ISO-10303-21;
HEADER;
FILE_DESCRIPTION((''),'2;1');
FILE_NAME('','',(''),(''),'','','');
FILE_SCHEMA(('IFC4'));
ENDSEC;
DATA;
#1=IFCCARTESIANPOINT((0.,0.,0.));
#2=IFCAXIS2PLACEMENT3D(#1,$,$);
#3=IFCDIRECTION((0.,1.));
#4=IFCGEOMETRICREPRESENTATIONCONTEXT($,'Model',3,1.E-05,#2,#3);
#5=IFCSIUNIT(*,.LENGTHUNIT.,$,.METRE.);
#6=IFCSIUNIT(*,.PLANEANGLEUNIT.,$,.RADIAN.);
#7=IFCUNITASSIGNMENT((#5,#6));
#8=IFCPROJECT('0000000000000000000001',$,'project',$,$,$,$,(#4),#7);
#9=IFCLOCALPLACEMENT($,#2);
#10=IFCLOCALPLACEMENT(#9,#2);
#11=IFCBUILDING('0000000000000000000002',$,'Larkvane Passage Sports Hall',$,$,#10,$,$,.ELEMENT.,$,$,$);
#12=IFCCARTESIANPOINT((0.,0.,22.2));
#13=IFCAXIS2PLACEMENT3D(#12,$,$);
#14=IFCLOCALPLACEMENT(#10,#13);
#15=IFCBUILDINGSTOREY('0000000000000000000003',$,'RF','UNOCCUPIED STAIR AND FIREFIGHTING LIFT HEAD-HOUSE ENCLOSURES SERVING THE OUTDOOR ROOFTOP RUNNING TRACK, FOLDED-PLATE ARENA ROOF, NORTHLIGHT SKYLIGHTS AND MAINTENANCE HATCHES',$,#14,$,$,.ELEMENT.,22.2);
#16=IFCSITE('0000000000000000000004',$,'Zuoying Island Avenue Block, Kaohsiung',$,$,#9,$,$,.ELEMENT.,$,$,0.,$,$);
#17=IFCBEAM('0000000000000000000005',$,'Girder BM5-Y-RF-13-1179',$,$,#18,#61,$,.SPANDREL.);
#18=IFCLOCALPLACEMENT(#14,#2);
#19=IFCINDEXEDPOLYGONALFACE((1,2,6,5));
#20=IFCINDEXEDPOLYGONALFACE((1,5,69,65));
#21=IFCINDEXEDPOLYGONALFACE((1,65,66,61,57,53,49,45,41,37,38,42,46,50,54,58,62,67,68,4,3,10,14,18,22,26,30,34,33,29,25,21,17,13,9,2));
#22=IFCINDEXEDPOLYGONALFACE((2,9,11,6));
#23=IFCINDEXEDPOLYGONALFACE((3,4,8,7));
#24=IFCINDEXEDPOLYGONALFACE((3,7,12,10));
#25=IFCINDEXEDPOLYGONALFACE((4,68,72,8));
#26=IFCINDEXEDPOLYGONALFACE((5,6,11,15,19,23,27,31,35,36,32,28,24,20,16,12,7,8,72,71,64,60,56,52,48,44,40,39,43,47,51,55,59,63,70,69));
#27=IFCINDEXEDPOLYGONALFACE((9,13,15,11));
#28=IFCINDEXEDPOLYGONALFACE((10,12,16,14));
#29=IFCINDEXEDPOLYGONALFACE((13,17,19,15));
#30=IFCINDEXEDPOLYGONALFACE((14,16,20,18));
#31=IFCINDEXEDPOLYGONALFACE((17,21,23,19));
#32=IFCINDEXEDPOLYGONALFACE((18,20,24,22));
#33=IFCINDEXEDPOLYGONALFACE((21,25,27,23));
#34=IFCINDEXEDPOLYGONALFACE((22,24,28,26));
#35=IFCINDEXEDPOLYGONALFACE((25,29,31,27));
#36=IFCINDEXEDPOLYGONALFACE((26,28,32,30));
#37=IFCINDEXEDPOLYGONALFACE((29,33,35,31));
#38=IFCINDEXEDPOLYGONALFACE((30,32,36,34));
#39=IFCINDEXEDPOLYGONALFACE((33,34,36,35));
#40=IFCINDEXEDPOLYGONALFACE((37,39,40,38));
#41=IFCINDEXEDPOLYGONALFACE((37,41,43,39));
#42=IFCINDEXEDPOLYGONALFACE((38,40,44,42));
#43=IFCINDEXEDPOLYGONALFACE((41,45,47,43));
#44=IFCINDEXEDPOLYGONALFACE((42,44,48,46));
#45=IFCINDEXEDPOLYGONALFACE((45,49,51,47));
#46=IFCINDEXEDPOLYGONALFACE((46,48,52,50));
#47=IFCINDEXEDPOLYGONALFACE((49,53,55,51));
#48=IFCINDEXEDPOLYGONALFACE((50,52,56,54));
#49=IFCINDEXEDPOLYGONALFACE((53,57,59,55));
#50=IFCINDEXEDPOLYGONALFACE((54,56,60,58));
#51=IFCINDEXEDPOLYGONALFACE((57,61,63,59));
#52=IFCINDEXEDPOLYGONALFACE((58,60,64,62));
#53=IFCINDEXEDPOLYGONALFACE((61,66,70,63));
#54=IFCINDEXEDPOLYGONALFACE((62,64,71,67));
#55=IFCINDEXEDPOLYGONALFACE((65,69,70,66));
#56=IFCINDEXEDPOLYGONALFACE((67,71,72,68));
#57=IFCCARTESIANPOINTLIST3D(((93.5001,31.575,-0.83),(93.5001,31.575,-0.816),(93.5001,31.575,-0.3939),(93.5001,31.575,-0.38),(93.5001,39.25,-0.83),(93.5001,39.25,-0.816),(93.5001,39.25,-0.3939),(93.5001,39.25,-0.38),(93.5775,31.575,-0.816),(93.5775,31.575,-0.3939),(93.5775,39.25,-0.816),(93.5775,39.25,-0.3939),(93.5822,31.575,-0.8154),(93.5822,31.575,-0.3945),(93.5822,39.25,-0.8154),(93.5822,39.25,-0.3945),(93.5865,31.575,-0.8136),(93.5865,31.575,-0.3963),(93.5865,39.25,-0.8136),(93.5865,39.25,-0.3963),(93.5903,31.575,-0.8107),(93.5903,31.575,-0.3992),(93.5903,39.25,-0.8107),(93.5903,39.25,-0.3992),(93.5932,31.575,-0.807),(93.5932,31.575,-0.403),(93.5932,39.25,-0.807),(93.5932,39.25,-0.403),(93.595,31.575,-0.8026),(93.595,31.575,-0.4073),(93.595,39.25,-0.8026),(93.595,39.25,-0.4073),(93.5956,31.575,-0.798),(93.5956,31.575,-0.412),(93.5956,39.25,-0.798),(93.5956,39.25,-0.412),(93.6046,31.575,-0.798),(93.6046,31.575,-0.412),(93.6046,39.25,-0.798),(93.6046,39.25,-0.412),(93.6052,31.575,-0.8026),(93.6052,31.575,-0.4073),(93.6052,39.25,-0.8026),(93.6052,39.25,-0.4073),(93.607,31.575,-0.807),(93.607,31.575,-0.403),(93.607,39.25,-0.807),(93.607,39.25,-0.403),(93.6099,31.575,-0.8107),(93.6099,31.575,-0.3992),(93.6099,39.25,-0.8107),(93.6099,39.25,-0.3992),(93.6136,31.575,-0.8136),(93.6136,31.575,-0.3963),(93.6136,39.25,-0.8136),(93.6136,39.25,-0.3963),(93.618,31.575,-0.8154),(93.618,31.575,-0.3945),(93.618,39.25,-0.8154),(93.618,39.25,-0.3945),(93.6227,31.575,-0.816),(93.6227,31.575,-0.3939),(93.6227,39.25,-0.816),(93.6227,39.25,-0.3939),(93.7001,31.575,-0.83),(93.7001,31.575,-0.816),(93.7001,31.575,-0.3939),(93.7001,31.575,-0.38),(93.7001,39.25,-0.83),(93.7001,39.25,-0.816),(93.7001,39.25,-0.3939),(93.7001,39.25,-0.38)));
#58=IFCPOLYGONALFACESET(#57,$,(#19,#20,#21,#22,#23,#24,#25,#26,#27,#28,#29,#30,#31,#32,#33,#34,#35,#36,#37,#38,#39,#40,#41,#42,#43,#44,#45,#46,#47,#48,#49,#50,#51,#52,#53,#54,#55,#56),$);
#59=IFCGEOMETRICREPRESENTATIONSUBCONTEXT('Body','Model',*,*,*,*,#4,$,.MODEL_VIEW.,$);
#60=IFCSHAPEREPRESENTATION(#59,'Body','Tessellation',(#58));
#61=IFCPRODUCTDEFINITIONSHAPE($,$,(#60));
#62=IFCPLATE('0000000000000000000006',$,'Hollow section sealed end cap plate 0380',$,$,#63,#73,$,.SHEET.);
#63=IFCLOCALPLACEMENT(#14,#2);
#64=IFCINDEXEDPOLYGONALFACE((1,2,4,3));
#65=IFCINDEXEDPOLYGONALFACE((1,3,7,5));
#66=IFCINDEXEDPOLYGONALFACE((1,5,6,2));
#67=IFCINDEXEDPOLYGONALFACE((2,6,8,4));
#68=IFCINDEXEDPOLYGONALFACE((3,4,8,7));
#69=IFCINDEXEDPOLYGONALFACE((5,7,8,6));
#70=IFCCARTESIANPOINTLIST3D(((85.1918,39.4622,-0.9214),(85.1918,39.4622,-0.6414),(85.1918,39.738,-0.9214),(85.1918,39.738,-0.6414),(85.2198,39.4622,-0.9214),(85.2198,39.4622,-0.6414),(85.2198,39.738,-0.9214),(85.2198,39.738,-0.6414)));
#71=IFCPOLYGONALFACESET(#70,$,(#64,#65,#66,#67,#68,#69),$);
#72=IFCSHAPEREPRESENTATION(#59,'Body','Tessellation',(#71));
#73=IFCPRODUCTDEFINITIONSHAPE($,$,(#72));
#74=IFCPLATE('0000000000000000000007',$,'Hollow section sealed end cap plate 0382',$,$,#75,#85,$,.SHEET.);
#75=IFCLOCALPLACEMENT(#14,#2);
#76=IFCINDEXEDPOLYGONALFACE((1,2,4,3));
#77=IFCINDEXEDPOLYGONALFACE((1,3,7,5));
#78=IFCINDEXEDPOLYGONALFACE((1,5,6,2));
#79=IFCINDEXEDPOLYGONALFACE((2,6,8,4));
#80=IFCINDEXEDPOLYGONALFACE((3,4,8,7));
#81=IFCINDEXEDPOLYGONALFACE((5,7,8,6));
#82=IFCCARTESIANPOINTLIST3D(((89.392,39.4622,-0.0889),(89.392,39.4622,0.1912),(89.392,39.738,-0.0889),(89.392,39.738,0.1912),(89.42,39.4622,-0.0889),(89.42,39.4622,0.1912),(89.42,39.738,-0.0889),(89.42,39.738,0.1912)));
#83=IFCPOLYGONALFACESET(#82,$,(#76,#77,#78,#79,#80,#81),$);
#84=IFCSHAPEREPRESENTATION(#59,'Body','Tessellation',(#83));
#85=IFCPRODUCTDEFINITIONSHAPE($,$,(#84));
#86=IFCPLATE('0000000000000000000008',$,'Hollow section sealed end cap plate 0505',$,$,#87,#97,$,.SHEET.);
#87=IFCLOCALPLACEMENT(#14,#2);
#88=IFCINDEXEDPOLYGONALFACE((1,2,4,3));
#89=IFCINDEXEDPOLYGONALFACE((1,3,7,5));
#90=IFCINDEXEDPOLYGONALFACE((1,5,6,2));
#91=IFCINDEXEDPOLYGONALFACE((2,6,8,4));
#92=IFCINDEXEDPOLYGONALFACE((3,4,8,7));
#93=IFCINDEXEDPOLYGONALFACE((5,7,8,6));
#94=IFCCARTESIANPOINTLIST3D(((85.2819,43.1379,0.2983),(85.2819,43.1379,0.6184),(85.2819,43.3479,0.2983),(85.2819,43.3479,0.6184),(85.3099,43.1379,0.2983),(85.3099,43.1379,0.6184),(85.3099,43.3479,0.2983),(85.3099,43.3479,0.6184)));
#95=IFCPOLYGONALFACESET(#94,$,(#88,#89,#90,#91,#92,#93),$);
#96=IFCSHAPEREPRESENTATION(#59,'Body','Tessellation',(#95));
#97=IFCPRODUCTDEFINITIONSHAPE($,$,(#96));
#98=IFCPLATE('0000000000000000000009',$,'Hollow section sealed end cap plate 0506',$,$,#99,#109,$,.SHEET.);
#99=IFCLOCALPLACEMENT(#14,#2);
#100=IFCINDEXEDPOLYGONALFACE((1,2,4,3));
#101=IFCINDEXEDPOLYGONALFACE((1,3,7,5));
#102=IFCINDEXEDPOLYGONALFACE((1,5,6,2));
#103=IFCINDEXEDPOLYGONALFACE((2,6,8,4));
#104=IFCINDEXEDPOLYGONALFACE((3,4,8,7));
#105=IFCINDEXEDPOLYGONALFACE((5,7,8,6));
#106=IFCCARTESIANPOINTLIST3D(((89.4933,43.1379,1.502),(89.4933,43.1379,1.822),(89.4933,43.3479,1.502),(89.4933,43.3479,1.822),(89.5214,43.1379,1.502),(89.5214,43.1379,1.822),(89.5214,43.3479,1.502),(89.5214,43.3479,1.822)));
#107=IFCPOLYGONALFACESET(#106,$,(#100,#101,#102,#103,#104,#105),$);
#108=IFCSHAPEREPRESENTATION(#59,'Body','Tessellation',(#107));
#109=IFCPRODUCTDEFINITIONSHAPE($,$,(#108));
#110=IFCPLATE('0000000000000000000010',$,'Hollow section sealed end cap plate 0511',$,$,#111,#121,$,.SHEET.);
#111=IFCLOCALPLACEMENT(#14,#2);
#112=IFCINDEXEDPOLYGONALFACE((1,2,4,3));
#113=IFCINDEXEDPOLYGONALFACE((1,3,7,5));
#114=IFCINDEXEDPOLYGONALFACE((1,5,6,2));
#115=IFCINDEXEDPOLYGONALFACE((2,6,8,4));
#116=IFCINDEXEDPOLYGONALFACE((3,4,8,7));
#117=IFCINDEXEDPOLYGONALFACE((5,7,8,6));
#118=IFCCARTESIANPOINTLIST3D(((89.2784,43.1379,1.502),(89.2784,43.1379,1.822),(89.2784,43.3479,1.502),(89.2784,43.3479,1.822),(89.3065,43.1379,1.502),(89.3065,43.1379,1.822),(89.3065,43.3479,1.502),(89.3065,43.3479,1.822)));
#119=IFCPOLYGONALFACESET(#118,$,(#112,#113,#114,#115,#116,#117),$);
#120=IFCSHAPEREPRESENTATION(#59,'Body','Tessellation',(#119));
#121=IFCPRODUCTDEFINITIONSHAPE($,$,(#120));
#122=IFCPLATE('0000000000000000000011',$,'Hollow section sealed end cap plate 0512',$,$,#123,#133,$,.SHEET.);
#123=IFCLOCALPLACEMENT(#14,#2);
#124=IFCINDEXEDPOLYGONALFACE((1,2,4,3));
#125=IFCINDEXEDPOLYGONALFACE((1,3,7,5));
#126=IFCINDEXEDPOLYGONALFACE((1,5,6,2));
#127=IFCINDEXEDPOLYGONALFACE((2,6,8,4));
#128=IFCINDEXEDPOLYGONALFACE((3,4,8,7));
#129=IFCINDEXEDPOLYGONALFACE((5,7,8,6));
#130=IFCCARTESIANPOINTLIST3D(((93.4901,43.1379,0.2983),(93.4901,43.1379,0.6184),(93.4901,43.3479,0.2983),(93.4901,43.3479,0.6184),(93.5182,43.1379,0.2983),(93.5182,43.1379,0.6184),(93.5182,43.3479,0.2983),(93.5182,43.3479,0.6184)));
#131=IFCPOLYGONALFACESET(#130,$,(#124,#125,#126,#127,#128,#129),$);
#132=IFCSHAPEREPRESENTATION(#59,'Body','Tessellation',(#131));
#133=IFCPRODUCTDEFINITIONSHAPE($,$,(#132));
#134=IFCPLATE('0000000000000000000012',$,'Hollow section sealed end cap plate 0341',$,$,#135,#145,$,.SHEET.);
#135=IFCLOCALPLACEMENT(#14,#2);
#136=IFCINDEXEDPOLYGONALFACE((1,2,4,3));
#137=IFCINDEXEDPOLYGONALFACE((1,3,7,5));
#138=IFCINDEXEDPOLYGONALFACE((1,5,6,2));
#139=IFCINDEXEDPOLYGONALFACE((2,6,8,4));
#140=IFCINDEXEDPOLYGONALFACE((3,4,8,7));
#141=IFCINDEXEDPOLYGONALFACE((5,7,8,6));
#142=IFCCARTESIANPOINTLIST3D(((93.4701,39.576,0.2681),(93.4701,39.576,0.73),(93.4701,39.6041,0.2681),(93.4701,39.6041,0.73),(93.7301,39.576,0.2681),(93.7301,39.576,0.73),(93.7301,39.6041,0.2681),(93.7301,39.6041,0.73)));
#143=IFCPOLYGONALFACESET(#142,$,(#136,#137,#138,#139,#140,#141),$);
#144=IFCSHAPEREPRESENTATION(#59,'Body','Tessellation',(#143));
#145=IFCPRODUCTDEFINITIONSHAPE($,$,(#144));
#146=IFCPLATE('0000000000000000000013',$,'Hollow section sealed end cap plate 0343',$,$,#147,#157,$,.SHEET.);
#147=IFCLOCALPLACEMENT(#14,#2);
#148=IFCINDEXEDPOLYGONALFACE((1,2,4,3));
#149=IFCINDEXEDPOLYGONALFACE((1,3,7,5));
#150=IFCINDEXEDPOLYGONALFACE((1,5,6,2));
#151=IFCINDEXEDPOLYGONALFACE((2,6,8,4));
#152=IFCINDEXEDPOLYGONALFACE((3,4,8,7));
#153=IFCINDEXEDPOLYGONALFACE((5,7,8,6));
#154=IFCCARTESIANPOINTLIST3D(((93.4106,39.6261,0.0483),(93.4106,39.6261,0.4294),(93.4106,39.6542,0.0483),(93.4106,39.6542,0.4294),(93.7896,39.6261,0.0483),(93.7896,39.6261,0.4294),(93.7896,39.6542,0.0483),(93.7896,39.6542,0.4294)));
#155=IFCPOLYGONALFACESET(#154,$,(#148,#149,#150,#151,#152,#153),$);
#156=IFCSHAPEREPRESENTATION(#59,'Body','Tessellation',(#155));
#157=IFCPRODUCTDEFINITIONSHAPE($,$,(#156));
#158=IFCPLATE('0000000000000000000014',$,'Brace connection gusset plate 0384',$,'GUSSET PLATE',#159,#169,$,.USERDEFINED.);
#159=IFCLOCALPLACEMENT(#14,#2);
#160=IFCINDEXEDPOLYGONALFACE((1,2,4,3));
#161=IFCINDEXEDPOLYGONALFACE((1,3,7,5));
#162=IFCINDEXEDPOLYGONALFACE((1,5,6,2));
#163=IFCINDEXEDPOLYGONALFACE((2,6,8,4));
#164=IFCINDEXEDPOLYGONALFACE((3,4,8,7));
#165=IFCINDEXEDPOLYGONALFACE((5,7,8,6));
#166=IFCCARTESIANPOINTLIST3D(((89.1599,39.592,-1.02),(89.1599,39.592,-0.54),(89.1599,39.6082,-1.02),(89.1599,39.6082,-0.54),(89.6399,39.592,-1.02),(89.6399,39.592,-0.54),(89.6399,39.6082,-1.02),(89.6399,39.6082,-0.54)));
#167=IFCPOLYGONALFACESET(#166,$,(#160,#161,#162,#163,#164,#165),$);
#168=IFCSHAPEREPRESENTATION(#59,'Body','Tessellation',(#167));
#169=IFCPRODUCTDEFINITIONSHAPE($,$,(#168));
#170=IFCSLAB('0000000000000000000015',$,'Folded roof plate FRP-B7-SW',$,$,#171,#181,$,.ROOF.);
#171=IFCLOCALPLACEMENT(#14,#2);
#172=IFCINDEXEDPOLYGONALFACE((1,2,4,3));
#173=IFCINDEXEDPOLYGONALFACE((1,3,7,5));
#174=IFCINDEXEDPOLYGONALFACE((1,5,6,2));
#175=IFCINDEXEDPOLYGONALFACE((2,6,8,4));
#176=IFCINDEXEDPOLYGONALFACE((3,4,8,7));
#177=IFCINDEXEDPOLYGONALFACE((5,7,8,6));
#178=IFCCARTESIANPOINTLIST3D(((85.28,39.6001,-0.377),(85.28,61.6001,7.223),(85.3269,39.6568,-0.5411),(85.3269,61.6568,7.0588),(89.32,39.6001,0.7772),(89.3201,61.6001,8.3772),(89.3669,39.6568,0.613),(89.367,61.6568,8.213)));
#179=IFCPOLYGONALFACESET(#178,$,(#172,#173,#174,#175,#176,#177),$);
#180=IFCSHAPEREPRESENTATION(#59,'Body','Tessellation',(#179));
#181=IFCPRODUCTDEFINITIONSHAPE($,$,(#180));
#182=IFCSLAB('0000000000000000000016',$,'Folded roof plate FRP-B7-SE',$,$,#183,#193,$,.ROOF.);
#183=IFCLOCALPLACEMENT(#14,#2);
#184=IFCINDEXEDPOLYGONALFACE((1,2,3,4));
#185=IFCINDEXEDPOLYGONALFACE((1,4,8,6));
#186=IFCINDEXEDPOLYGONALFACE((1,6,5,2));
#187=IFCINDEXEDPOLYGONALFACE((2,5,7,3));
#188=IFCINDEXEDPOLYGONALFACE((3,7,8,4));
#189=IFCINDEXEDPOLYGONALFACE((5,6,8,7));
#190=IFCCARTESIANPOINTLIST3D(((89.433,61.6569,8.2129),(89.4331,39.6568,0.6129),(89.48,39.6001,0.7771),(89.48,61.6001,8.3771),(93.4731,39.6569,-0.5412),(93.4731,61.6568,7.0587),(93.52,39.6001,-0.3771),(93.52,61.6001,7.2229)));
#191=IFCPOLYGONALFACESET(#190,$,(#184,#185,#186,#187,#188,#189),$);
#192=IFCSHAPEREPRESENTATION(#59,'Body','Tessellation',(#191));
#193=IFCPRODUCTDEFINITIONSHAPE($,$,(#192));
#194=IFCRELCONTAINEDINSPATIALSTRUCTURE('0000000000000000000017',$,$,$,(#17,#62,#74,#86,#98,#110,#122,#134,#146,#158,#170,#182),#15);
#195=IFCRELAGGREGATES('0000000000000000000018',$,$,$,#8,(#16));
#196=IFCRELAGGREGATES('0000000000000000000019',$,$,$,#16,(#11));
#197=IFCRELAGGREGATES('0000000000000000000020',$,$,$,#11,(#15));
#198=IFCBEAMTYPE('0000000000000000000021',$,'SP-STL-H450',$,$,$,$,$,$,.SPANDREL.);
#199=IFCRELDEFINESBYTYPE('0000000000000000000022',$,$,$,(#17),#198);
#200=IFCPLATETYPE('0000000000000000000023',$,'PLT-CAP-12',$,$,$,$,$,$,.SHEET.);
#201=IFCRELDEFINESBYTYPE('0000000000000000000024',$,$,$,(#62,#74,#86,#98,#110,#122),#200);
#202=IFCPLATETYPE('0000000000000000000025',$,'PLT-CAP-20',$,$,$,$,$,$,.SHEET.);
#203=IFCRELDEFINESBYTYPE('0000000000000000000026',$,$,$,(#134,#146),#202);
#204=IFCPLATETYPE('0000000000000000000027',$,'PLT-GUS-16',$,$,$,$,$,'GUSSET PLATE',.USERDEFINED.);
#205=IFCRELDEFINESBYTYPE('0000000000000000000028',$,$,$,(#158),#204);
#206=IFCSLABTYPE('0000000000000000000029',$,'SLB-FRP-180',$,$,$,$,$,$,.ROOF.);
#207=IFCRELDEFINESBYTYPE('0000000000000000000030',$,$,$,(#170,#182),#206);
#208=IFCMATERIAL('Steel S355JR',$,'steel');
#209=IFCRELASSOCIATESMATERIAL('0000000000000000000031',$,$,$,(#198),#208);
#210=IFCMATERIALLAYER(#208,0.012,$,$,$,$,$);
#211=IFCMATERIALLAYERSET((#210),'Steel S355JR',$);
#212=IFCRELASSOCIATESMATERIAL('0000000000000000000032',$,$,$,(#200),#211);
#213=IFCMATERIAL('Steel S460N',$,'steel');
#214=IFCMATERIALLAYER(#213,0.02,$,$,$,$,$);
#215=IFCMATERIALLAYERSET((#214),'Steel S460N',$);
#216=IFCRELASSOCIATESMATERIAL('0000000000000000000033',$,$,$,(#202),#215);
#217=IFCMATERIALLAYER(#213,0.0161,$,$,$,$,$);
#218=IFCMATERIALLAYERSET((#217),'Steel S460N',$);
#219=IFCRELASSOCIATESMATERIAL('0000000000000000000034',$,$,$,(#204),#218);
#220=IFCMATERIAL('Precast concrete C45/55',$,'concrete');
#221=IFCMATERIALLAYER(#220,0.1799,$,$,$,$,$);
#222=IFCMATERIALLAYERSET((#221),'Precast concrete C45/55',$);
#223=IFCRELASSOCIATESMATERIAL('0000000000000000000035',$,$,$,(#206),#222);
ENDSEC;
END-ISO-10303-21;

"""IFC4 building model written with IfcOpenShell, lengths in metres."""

from ifc_helpers import new_model, si_unit, direction, frame, origin, origin_2d, place, context, subcontext, project, spatial, polyline, rectangle, i_section, outline, extrude, material, layer, layer_set, material_profile, profile_set, type_object, element, save


model = new_model("IFC4")

# Units and contexts
model_context = context("Model", 3, precision=1e-05, world=origin(), true_north=direction((0.0, 1.0)))
body_context = subcontext(model_context, "Body", "Model", "MODEL_VIEW")
ifc_project = project(units=[si_unit("LENGTHUNIT", "METRE"), si_unit("PLANEANGLEUNIT", "RADIAN")], contexts=[model_context])

# Site, building, storey
site_placement = place(None, origin())
site = spatial("IfcSite", under=ifc_project, at=site_placement, Name="Zuoying Island Avenue Block, Kaohsiung", CompositionType="ELEMENT", RefElevation=0.0)
building_placement = place(site_placement, origin())
building = spatial("IfcBuilding", under=site, at=building_placement, Name="Larkvane Passage Sports Hall", CompositionType="ELEMENT")
storey_placement = place(building_placement, frame((0.0, 0.0, 22.2)))
storey = spatial("IfcBuildingStorey", under=building, at=storey_placement, Name="RF", Description="UNOCCUPIED STAIR AND FIREFIGHTING LIFT HEAD-HOUSE ENCLOSURES SERVING THE OUTDOOR ROOFTOP RUNNING TRACK, FOLDED-PLATE ARENA ROOF, NORTHLIGHT SKYLIGHTS AND MAINTENANCE HATCHES", CompositionType="ELEMENT", Elevation=22.2)

# Shared definitions
ifc_material_1 = material(Name="Steel S355JR", Category="steel")
ifc_material_2 = material(Name="Steel S460N", Category="steel")

# Beam
ifc_material_profile_1 = material_profile(ifc_material_1, i_section(OverallWidth=0.2, OverallDepth=0.45, WebThickness=0.009, FlangeThickness=0.0139, FilletRadius=0.0181, at=origin_2d()), Name="H-450x200x9x14")
ifc_profile_set_1 = profile_set([ifc_material_profile_1], Name="Steel S355JR")
beam_type = type_object("IfcBeamType", Name="SP-STL-H450", PredefinedType="SPANDREL", material=ifc_profile_set_1)
beam_placement = place(storey_placement, frame((93.6001, 31.575, -0.605), z_axis=(0.0, 1.0, 0.0), x_axis=(-1.0, 0.0, 0.0)))
element("IfcBeam", 1, at=beam_placement, inside=storey, type_object=beam_type, Name="Girder BM5-Y-RF-13-1179", PredefinedType="SPANDREL", context=body_context, shape_type="SweptSolid", body=[
    extrude(i_section(OverallWidth=0.2, OverallDepth=0.45, WebThickness=0.009, FlangeThickness=0.0139, FilletRadius=0.0181, at=origin_2d()), origin(), (0.0, 0.0, 1.0), 7.675),
])

# Plates
ifc_layer_1 = layer(ifc_material_1, 0.012)
ifc_layer_set_1 = layer_set([ifc_layer_1], Name="Steel S355JR")
plate_type_1 = type_object("IfcPlateType", Name="PLT-CAP-12", PredefinedType="SHEET", material=ifc_layer_set_1)
for number, where, z_axis, x_axis, name in (
    (2, (85.2058, 39.6001, -0.9214), (0.0, 0.0, 1.0), (0.0, 1.0, 0.0), "Hollow section sealed end cap plate 0380"),
    (3, (89.406, 39.6001, -0.0889), (0.0, 0.0, 1.0), (0.0, 1.0, 0.0), "Hollow section sealed end cap plate 0382"),
):
    element("IfcPlate", number, at=place(storey_placement, frame(where, z_axis=z_axis, x_axis=x_axis)), inside=storey, type_object=plate_type_1, Name=name, PredefinedType="SHEET", context=body_context, shape_type="SweptSolid", body=[
        extrude(rectangle(XDim=0.2759, YDim=0.0281, at=origin_2d()), origin(), (0.0, 0.0, 1.0), 0.28),
    ])
for number, where, z_axis, x_axis, name in (
    (4, (85.2959, 43.2429, 0.2983), (0.0, 0.0, 1.0), (0.0, 1.0, 0.0), "Hollow section sealed end cap plate 0505"),
    (5, (89.5073, 43.2429, 1.502), (0.0, 0.0, 1.0), (0.0, 1.0, 0.0), "Hollow section sealed end cap plate 0506"),
    (6, (89.2925, 43.2429, 1.502), (0.0, 0.0, 1.0), (0.0, 1.0, 0.0), "Hollow section sealed end cap plate 0511"),
    (7, (93.5042, 43.2429, 0.2983), (0.0, 0.0, 1.0), (0.0, 1.0, 0.0), "Hollow section sealed end cap plate 0512"),
):
    element("IfcPlate", number, at=place(storey_placement, frame(where, z_axis=z_axis, x_axis=x_axis)), inside=storey, type_object=plate_type_1, Name=name, PredefinedType="SHEET", context=body_context, shape_type="SweptSolid", body=[
        extrude(rectangle(XDim=0.21, YDim=0.0281, at=origin_2d()), origin(), (0.0, 0.0, 1.0), 0.3201),
    ])
ifc_layer_2 = layer(ifc_material_2, 0.02)
ifc_layer_set_2 = layer_set([ifc_layer_2], Name="Steel S460N")
plate_type_2 = type_object("IfcPlateType", Name="PLT-CAP-20", PredefinedType="SHEET", material=ifc_layer_set_2)
plate_1_placement = place(storey_placement, frame((93.6001, 39.5901, 0.2681), z_axis=(0.0, 0.0, 1.0), x_axis=(-1.0, 0.0, 0.0)))
element("IfcPlate", 8, at=plate_1_placement, inside=storey, type_object=plate_type_2, Name="Hollow section sealed end cap plate 0341", PredefinedType="SHEET", context=body_context, shape_type="SweptSolid", body=[
    extrude(rectangle(XDim=0.26, YDim=0.0281, at=origin_2d()), origin(), (0.0, 0.0, 1.0), 0.4619),
])
plate_2_placement = place(storey_placement, frame((93.6001, 39.6401, 0.0483), z_axis=(0.0, 0.0, 1.0), x_axis=(-1.0, 0.0, 0.0)))
element("IfcPlate", 9, at=plate_2_placement, inside=storey, type_object=plate_type_2, Name="Hollow section sealed end cap plate 0343", PredefinedType="SHEET", context=body_context, shape_type="SweptSolid", body=[
    extrude(rectangle(XDim=0.3789, YDim=0.0281, at=origin_2d()), origin(), (0.0, 0.0, 1.0), 0.3811),
])
ifc_layer_3 = layer(ifc_material_2, 0.0161)
ifc_layer_set_3 = layer_set([ifc_layer_3], Name="Steel S460N")
plate_type_3 = type_object("IfcPlateType", Name="PLT-GUS-16", ElementType="GUSSET PLATE", PredefinedType="USERDEFINED", material=ifc_layer_set_3)
plate_3_placement = place(storey_placement, frame((89.3999, 39.6001, -1.02), z_axis=(0.0, 0.0, 1.0), x_axis=(1.0, 0.0, 0.0)))
element("IfcPlate", 10, at=plate_3_placement, inside=storey, type_object=plate_type_3, Name="Brace connection gusset plate 0384", ObjectType="GUSSET PLATE", PredefinedType="USERDEFINED", context=body_context, shape_type="SweptSolid", body=[
    extrude(rectangle(XDim=0.48, YDim=0.0161, at=origin_2d()), origin(), (0.0, 0.0, 1.0), 0.48),
])

# Slabs
ifc_material_3 = material(Name="Precast concrete C45/55", Category="concrete")
ifc_layer_4 = layer(ifc_material_3, 0.1799)
ifc_layer_set_4 = layer_set([ifc_layer_4], Name="Precast concrete C45/55")
slab_type = type_object("IfcSlabType", Name="SLB-FRP-180", PredefinedType="ROOF", material=ifc_layer_set_4)
slab_1_placement = place(storey_placement, frame((85.28, 39.6001, -0.377), z_axis=(-0.260689, -0.315229, 0.912508), x_axis=(0.961532, -0.000008, 0.274692)))
element("IfcSlab", 11, at=slab_1_placement, inside=storey, type_object=slab_type, Name="Folded roof plate FRP-B7-SW", PredefinedType="ROOF", context=body_context, shape_type="SweptSolid", body=[
    extrude(outline(polyline([(0.0, 0.0), (4.2016, 0.0), (6.2891, 23.182), (2.0874, 23.1819), (0.0, 0.0)])), origin(), (0.0, 0.0, -1.0), 0.1799),
])
slab_2_placement = place(storey_placement, frame((89.48, 39.6001, 0.7771), z_axis=(0.260689, -0.315229, 0.912508), x_axis=(0.961532, 0.000008, -0.274692)))
element("IfcSlab", 12, at=slab_2_placement, inside=storey, type_object=slab_type, Name="Folded roof plate FRP-B7-SE", PredefinedType="ROOF", context=body_context, shape_type="SweptSolid", body=[
    extrude(outline(polyline([(0.0, 0.0), (4.2016, 0.0), (2.1142, 23.1819), (-2.0875, 23.182), (0.0, 0.0)])), origin(), (0.0, 0.0, -1.0), 0.1799),
])

save(model, "model.ifc")
